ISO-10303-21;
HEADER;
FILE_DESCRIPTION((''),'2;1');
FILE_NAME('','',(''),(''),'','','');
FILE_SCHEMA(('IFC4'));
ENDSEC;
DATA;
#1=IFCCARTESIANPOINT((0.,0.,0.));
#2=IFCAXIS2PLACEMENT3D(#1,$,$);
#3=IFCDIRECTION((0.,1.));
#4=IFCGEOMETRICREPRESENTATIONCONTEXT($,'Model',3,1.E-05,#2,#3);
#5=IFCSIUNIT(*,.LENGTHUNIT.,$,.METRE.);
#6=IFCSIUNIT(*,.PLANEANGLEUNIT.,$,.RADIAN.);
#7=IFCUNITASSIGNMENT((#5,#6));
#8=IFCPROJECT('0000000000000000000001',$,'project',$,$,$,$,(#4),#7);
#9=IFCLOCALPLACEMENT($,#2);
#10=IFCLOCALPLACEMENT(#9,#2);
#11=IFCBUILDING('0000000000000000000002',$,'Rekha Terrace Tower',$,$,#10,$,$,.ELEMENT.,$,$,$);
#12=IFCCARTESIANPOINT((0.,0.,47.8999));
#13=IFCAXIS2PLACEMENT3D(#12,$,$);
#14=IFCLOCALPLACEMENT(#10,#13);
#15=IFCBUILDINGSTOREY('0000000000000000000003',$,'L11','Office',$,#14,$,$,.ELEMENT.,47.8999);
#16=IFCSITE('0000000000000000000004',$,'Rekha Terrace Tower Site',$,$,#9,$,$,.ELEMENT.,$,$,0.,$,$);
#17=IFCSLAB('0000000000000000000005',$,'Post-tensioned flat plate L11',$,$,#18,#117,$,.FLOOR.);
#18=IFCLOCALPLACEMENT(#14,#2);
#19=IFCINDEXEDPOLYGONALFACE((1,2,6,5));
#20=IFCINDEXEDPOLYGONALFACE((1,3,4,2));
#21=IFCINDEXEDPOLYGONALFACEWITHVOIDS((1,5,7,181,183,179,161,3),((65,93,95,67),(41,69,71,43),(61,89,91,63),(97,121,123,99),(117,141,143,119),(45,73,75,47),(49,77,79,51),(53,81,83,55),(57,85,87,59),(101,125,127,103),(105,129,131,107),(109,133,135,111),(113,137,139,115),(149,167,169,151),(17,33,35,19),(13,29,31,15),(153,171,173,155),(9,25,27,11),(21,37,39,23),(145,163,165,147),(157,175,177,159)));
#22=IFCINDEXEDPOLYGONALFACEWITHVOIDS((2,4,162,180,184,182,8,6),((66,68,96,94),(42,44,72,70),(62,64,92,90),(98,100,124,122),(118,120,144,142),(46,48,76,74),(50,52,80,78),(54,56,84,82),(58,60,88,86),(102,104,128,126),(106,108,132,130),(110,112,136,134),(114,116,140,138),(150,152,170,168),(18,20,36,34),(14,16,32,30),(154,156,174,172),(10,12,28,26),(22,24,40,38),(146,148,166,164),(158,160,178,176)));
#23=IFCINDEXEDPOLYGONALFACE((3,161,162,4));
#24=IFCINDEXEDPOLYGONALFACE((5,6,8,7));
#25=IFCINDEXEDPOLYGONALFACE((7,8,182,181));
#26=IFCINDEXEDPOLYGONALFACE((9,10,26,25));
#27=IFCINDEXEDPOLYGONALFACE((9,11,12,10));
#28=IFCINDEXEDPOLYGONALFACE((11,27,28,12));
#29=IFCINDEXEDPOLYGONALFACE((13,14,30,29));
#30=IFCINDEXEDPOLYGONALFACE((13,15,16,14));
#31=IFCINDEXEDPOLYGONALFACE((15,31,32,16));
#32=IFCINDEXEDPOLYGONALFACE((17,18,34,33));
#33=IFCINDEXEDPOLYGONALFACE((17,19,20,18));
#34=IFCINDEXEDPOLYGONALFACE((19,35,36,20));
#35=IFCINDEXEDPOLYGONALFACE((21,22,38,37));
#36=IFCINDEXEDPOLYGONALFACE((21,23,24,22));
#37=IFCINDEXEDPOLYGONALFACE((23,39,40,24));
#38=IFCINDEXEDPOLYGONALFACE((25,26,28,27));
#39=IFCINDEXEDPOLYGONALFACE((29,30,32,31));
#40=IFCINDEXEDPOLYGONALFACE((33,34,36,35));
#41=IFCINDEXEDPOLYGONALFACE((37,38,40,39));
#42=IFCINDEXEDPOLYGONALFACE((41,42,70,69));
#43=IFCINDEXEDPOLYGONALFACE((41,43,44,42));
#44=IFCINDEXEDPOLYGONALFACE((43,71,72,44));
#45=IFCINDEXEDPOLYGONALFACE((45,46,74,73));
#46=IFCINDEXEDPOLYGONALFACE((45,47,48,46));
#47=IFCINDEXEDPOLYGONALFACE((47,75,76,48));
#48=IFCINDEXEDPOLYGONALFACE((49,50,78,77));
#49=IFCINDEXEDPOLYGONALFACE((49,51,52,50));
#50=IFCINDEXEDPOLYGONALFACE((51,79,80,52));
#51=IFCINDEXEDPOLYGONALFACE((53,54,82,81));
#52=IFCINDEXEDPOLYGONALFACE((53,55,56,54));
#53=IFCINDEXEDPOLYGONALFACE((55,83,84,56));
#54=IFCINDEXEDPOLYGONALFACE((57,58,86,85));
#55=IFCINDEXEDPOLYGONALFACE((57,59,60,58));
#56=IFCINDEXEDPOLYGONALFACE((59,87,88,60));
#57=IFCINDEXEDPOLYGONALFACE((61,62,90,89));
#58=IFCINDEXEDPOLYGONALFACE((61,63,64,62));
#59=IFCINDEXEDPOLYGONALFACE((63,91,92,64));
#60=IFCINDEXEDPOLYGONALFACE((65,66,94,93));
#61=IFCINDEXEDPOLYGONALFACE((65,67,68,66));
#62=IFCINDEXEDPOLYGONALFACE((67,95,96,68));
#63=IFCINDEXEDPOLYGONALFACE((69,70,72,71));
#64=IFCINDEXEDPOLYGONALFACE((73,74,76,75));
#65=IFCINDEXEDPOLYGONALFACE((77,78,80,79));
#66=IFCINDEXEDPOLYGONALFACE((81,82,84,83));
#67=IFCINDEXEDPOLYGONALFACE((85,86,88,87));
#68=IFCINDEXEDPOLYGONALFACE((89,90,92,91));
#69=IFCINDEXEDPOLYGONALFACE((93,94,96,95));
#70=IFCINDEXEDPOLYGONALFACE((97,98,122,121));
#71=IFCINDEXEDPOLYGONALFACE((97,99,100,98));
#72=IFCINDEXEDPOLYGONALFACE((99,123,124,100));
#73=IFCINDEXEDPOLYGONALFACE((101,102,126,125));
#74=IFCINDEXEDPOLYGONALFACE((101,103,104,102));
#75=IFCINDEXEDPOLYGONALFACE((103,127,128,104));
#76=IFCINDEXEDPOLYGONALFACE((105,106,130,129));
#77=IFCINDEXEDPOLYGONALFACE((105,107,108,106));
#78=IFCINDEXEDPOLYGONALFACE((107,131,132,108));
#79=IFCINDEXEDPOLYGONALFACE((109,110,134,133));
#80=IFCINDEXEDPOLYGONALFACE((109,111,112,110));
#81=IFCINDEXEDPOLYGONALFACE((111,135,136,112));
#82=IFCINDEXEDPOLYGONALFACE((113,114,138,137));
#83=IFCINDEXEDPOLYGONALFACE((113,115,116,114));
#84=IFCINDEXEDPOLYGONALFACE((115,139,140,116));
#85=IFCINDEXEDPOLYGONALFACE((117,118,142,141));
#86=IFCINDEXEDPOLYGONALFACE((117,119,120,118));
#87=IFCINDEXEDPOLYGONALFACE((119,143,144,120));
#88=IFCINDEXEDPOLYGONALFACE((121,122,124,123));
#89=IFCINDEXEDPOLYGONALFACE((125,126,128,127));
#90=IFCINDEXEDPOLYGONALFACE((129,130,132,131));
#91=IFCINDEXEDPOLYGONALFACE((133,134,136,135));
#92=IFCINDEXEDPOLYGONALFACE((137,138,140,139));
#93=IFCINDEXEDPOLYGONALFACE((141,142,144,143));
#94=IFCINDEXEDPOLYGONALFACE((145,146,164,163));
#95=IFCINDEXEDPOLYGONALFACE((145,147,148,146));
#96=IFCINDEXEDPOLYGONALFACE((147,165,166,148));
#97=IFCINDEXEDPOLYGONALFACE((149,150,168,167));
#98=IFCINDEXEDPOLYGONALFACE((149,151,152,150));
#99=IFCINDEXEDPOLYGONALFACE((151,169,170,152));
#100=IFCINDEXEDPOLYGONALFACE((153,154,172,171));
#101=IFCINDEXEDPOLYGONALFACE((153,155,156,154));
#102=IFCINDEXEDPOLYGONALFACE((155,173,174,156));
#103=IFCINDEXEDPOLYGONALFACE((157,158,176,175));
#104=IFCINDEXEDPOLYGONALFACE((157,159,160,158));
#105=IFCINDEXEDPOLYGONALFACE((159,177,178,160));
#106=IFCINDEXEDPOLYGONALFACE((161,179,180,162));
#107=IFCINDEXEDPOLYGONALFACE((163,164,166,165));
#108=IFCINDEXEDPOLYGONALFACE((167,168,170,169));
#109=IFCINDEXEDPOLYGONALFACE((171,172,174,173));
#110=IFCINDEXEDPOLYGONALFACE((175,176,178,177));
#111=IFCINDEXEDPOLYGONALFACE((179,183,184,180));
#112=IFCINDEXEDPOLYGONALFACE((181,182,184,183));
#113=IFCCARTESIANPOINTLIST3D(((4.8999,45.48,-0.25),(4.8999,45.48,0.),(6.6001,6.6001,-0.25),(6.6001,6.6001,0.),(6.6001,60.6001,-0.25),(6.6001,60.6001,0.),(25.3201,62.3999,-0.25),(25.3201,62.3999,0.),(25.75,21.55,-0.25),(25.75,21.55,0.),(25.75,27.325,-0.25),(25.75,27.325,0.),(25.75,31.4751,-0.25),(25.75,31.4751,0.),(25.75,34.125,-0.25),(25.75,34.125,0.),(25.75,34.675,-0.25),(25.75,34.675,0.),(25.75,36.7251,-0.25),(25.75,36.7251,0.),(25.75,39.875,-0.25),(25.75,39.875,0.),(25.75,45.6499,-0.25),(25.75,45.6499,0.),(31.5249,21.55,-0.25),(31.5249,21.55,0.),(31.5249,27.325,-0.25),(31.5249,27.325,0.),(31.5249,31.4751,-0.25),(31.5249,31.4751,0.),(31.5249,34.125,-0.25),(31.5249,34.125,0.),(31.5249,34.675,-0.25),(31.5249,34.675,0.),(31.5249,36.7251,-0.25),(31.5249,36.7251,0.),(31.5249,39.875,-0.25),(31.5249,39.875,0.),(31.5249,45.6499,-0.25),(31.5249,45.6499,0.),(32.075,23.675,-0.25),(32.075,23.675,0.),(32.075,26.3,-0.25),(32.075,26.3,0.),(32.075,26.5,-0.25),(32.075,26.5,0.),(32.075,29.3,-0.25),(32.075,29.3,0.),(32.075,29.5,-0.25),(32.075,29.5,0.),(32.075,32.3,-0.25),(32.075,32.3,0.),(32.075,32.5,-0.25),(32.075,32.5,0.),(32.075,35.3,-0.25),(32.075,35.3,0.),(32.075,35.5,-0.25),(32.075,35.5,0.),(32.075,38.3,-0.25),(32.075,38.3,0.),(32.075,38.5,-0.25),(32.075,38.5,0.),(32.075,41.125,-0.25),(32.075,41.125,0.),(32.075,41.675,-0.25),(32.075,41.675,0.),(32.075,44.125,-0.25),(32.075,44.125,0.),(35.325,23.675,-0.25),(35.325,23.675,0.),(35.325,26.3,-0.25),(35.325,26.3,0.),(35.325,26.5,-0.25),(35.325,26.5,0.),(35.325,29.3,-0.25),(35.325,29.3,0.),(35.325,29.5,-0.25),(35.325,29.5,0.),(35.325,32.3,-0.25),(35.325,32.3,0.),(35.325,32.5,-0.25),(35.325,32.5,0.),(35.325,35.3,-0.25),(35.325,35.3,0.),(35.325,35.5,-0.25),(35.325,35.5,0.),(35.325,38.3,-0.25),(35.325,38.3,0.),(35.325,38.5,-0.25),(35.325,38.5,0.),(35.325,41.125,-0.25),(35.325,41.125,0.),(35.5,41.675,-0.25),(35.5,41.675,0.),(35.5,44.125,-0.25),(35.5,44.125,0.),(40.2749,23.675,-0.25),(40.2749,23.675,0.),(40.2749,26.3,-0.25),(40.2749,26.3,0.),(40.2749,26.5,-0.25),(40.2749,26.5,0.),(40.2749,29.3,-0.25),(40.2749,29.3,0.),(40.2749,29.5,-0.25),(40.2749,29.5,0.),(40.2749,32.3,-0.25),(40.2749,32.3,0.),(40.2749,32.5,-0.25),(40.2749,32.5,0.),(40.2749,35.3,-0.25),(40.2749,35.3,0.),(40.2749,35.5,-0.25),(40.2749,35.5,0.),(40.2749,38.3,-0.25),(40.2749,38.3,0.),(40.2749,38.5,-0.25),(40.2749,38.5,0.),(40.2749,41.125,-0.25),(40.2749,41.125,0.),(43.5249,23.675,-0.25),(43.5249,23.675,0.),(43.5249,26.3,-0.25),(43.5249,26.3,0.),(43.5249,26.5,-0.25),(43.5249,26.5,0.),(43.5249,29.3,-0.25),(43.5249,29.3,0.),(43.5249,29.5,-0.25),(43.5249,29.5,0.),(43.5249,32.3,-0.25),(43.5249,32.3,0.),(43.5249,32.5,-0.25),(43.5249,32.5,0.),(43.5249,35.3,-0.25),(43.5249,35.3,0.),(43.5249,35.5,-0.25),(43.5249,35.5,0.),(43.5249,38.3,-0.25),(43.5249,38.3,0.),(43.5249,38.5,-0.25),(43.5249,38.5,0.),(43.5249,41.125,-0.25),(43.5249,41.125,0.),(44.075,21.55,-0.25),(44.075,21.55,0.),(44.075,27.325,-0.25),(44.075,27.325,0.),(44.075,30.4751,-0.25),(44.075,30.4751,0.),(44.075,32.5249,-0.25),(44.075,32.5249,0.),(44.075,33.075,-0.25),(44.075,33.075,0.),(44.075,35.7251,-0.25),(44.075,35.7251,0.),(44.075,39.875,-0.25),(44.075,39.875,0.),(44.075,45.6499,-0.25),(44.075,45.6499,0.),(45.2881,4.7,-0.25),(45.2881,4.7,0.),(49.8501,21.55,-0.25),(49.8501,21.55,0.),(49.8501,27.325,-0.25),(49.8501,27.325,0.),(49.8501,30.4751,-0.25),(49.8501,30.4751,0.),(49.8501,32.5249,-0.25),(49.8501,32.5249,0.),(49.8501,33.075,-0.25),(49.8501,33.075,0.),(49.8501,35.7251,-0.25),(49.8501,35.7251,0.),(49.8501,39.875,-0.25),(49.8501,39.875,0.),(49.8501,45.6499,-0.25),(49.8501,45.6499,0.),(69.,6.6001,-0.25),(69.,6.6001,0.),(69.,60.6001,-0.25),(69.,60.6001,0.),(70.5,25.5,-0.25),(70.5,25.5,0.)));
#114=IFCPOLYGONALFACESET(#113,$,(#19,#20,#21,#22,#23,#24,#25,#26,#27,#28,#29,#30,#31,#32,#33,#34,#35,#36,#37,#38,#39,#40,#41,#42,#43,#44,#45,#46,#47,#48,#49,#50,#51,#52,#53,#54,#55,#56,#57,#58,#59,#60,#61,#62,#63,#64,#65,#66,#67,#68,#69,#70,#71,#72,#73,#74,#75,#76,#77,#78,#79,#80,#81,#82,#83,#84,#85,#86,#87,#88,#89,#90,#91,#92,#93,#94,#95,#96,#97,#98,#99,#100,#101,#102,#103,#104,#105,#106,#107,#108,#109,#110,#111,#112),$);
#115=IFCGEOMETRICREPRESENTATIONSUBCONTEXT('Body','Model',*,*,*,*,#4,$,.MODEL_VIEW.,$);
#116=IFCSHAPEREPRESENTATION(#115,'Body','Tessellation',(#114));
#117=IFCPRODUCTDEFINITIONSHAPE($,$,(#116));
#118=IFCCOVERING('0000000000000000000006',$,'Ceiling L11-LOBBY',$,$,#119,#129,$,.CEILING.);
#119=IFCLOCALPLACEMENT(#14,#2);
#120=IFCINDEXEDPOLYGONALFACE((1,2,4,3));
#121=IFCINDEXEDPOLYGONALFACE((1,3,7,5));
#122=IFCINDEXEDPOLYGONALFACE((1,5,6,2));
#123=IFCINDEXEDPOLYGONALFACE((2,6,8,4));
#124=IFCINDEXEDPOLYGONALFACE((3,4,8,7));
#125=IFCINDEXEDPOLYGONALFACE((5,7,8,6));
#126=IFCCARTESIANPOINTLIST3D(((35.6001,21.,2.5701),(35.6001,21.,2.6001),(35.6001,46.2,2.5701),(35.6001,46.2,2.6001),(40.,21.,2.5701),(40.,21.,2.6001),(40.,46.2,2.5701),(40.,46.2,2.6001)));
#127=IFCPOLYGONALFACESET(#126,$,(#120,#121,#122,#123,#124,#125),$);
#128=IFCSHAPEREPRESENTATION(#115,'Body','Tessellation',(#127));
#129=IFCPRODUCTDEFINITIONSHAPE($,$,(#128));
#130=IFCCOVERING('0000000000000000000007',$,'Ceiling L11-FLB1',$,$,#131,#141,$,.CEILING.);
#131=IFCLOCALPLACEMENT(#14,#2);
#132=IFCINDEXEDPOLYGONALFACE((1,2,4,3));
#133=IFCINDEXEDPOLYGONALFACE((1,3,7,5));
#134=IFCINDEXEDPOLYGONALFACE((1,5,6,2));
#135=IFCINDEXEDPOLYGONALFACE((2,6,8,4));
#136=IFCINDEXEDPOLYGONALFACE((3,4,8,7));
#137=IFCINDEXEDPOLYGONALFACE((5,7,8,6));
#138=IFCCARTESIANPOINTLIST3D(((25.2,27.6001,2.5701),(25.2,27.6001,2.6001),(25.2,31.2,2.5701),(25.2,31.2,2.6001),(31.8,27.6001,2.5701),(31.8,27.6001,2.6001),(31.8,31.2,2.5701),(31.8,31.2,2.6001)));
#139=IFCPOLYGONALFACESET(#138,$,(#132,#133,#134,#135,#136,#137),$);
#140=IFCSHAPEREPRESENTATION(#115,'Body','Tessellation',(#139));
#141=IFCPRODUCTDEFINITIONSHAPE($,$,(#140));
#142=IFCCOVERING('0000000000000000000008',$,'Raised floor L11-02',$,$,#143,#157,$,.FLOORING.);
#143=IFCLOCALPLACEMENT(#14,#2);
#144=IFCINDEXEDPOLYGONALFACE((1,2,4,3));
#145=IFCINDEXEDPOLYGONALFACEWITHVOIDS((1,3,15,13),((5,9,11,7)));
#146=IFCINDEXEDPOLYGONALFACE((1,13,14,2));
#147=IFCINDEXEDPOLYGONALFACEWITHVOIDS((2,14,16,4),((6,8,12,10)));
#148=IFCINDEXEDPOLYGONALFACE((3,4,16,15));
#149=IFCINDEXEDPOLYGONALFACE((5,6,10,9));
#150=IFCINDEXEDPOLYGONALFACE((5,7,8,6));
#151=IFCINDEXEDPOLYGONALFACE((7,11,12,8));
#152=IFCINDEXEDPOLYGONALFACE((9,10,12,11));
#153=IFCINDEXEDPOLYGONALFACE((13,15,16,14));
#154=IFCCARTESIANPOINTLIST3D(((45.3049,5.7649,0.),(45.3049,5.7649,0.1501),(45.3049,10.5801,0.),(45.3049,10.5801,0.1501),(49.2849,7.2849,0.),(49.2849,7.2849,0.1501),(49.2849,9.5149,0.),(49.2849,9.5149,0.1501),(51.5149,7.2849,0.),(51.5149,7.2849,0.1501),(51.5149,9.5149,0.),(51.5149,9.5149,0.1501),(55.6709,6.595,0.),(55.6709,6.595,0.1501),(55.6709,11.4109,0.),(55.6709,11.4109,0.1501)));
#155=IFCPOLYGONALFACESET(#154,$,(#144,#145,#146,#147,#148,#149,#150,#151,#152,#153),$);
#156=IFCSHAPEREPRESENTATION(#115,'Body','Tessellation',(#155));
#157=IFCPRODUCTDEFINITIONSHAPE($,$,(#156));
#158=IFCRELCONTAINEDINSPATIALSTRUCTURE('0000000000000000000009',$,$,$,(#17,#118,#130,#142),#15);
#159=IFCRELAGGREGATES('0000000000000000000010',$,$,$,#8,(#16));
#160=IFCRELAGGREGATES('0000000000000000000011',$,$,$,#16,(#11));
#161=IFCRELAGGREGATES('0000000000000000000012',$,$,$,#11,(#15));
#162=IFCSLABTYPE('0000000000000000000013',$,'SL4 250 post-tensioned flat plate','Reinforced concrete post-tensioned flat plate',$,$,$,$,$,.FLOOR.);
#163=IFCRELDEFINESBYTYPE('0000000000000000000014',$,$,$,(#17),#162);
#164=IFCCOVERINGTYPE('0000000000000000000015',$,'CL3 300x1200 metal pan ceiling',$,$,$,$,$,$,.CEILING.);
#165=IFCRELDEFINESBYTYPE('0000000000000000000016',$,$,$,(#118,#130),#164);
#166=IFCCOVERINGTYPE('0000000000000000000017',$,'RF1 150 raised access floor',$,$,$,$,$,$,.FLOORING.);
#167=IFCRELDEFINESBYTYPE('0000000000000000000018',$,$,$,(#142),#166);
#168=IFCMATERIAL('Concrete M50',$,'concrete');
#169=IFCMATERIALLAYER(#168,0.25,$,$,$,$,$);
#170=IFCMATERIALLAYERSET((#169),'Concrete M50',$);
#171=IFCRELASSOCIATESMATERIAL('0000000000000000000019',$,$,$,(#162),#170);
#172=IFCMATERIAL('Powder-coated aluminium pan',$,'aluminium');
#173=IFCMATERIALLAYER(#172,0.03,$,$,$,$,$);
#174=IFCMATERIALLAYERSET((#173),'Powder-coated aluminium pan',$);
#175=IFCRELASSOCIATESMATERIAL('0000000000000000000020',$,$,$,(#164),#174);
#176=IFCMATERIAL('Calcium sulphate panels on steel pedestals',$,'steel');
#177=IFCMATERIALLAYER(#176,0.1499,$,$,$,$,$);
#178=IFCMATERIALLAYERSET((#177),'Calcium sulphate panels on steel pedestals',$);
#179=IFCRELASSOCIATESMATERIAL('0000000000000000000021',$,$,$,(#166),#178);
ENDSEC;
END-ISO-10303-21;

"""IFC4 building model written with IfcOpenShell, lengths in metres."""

from ifc_helpers import new_model, si_unit, direction, frame, origin, place, context, subcontext, project, spatial, polyline, outline, extrude, material, layer, layer_set, type_object, element, save


model = new_model("IFC4")

# Units and contexts
model_context = context("Model", 3, precision=1e-05, world=origin(), true_north=direction((0.0, 1.0)))
body_context = subcontext(model_context, "Body", "Model", "MODEL_VIEW")
ifc_project = project(units=[si_unit("LENGTHUNIT", "METRE"), si_unit("PLANEANGLEUNIT", "RADIAN")], contexts=[model_context])

# Site, building, storey
site_placement = place(None, origin())
site = spatial("IfcSite", under=ifc_project, at=site_placement, Name="Rekha Terrace Tower Site", CompositionType="ELEMENT", RefElevation=0.0)
building_placement = place(site_placement, origin())
building = spatial("IfcBuilding", under=site, at=building_placement, Name="Rekha Terrace Tower", CompositionType="ELEMENT")
storey_placement = place(building_placement, frame((0.0, 0.0, 47.8999)))
storey = spatial("IfcBuildingStorey", under=building, at=storey_placement, Name="L11", Description="Office", CompositionType="ELEMENT", Elevation=47.8999)

# Slab
ifc_material_1 = material(Name="Concrete M50", Category="concrete")
ifc_layer_1 = layer(ifc_material_1, 0.25)
ifc_layer_set_1 = layer_set([ifc_layer_1], Name="Concrete M50")
slab_type_1 = type_object("IfcSlabType", Name="SL4 250 post-tensioned flat plate", Description="Reinforced concrete post-tensioned flat plate", PredefinedType="FLOOR", material=ifc_layer_set_1)
slab_1_placement = place(storey_placement, frame((0.0, 0.0, -0.25)))
element("IfcSlab", 1, at=slab_1_placement, inside=storey, type_object=slab_type_1, Name="Post-tensioned flat plate L11", PredefinedType="FLOOR", context=body_context, shape_type="SweptSolid", body=[
    extrude(outline(polyline([(4.8999, 45.48), (6.6001, 6.6001), (45.2881, 4.7), (69.0, 6.6001), (70.5, 25.5), (69.0, 60.6001), (25.3201, 62.3999), (6.6001, 60.6001), (4.8999, 45.48)]), holes=[polyline([(31.5249, 27.325), (31.5249, 21.55), (25.75, 21.55), (25.75, 27.325), (31.5249, 27.325)]), polyline([(35.325, 26.3), (35.325, 23.675), (32.075, 23.675), (32.075, 26.3), (35.325, 26.3)]), polyline([(35.325, 29.3), (35.325, 26.5), (32.075, 26.5), (32.075, 29.3), (35.325, 29.3)]), polyline([(35.325, 29.5), (32.075, 29.5), (32.075, 32.3), (35.325, 32.3), (35.325, 29.5)]), polyline([(31.5249, 31.4751), (25.75, 31.4751), (25.75, 34.125), (31.5249, 34.125), (31.5249, 31.4751)]), polyline([(35.325, 35.3), (35.325, 32.5), (32.075, 32.5), (32.075, 35.3), (35.325, 35.3)]), polyline([(31.5249, 36.7251), (31.5249, 34.675), (25.75, 34.675), (25.75, 36.7251), (31.5249, 36.7251)]), polyline([(35.325, 38.3), (35.325, 35.5), (32.075, 35.5), (32.075, 38.3), (35.325, 38.3)]), polyline([(35.325, 38.5), (32.075, 38.5), (32.075, 41.125), (35.325, 41.125), (35.325, 38.5)]), polyline([(31.5249, 39.875), (25.75, 39.875), (25.75, 45.6499), (31.5249, 45.6499), (31.5249, 39.875)]), polyline([(35.5, 44.125), (35.5, 41.675), (32.075, 41.675), (32.075, 44.125), (35.5, 44.125)]), polyline([(49.8501, 27.325), (49.8501, 21.55), (44.075, 21.55), (44.075, 27.325), (49.8501, 27.325)]), polyline([(43.5249, 26.3), (43.5249, 23.675), (40.2749, 23.675), (40.2749, 26.3), (43.5249, 26.3)]), polyline([(43.5249, 26.5), (40.2749, 26.5), (40.2749, 29.3), (43.5249, 29.3), (43.5249, 26.5)]), polyline([(43.5249, 29.5), (40.2749, 29.5), (40.2749, 32.3), (43.5249, 32.3), (43.5249, 29.5)]), polyline([(49.8501, 32.5249), (49.8501, 30.4751), (44.075, 30.4751), (44.075, 32.5249), (49.8501, 32.5249)]), polyline([(43.5249, 32.5), (40.2749, 32.5), (40.2749, 35.3), (43.5249, 35.3), (43.5249, 32.5)]), polyline([(49.8501, 33.075), (44.075, 33.075), (44.075, 35.7251), (49.8501, 35.7251), (49.8501, 33.075)]), polyline([(43.5249, 38.3), (43.5249, 35.5), (40.2749, 35.5), (40.2749, 38.3), (43.5249, 38.3)]), polyline([(43.5249, 38.5), (40.2749, 38.5), (40.2749, 41.125), (43.5249, 41.125), (43.5249, 38.5)]), polyline([(49.8501, 39.875), (44.075, 39.875), (44.075, 45.6499), (49.8501, 45.6499), (49.8501, 39.875)])]), origin(), (0.0, 0.0, 1.0), 0.25),
])

# Coverings
ifc_material_2 = material(Name="Powder-coated aluminium pan", Category="aluminium")
ifc_layer_2 = layer(ifc_material_2, 0.03)
ifc_layer_set_2 = layer_set([ifc_layer_2], Name="Powder-coated aluminium pan")
covering_type_1 = type_object("IfcCoveringType", Name="CL3 300x1200 metal pan ceiling", PredefinedType="CEILING", material=ifc_layer_set_2)
covering_1_placement = place(storey_placement, frame((0.0, 0.0, 2.5701)))
element("IfcCovering", 2, at=covering_1_placement, inside=storey, type_object=covering_type_1, Name="Ceiling L11-LOBBY", PredefinedType="CEILING", context=body_context, shape_type="SweptSolid", body=[
    extrude(outline(polyline([(40.0, 46.2), (35.6001, 46.2), (35.6001, 21.0), (40.0, 21.0), (40.0, 46.2)])), origin(), (0.0, 0.0, 1.0), 0.03),
])
covering_2_placement = place(storey_placement, frame((0.0, 0.0, 2.5701)))
element("IfcCovering", 3, at=covering_2_placement, inside=storey, type_object=covering_type_1, Name="Ceiling L11-FLB1", PredefinedType="CEILING", context=body_context, shape_type="SweptSolid", body=[
    extrude(outline(polyline([(31.8, 31.2), (25.2, 31.2), (25.2, 27.6001), (31.8, 27.6001), (31.8, 31.2)])), origin(), (0.0, 0.0, 1.0), 0.03),
])
ifc_material_3 = material(Name="Calcium sulphate panels on steel pedestals", Category="steel")
ifc_layer_3 = layer(ifc_material_3, 0.1499)
ifc_layer_set_3 = layer_set([ifc_layer_3], Name="Calcium sulphate panels on steel pedestals")
covering_type_2 = type_object("IfcCoveringType", Name="RF1 150 raised access floor", PredefinedType="FLOORING", material=ifc_layer_set_3)
covering_3_placement = place(storey_placement, origin())
element("IfcCovering", 4, at=covering_3_placement, inside=storey, type_object=covering_type_2, Name="Raised floor L11-02", PredefinedType="FLOORING", context=body_context, shape_type="SweptSolid", body=[
    extrude(outline(polyline([(55.6709, 6.595), (55.6709, 11.4109), (45.3049, 10.5801), (45.3049, 5.7649), (55.6709, 6.595)]), holes=[polyline([(51.5149, 7.2849), (49.2849, 7.2849), (49.2849, 9.5149), (51.5149, 9.5149), (51.5149, 7.2849)])]), origin(), (0.0, 0.0, 1.0), 0.1501),
])

save(model, "model.ifc")
